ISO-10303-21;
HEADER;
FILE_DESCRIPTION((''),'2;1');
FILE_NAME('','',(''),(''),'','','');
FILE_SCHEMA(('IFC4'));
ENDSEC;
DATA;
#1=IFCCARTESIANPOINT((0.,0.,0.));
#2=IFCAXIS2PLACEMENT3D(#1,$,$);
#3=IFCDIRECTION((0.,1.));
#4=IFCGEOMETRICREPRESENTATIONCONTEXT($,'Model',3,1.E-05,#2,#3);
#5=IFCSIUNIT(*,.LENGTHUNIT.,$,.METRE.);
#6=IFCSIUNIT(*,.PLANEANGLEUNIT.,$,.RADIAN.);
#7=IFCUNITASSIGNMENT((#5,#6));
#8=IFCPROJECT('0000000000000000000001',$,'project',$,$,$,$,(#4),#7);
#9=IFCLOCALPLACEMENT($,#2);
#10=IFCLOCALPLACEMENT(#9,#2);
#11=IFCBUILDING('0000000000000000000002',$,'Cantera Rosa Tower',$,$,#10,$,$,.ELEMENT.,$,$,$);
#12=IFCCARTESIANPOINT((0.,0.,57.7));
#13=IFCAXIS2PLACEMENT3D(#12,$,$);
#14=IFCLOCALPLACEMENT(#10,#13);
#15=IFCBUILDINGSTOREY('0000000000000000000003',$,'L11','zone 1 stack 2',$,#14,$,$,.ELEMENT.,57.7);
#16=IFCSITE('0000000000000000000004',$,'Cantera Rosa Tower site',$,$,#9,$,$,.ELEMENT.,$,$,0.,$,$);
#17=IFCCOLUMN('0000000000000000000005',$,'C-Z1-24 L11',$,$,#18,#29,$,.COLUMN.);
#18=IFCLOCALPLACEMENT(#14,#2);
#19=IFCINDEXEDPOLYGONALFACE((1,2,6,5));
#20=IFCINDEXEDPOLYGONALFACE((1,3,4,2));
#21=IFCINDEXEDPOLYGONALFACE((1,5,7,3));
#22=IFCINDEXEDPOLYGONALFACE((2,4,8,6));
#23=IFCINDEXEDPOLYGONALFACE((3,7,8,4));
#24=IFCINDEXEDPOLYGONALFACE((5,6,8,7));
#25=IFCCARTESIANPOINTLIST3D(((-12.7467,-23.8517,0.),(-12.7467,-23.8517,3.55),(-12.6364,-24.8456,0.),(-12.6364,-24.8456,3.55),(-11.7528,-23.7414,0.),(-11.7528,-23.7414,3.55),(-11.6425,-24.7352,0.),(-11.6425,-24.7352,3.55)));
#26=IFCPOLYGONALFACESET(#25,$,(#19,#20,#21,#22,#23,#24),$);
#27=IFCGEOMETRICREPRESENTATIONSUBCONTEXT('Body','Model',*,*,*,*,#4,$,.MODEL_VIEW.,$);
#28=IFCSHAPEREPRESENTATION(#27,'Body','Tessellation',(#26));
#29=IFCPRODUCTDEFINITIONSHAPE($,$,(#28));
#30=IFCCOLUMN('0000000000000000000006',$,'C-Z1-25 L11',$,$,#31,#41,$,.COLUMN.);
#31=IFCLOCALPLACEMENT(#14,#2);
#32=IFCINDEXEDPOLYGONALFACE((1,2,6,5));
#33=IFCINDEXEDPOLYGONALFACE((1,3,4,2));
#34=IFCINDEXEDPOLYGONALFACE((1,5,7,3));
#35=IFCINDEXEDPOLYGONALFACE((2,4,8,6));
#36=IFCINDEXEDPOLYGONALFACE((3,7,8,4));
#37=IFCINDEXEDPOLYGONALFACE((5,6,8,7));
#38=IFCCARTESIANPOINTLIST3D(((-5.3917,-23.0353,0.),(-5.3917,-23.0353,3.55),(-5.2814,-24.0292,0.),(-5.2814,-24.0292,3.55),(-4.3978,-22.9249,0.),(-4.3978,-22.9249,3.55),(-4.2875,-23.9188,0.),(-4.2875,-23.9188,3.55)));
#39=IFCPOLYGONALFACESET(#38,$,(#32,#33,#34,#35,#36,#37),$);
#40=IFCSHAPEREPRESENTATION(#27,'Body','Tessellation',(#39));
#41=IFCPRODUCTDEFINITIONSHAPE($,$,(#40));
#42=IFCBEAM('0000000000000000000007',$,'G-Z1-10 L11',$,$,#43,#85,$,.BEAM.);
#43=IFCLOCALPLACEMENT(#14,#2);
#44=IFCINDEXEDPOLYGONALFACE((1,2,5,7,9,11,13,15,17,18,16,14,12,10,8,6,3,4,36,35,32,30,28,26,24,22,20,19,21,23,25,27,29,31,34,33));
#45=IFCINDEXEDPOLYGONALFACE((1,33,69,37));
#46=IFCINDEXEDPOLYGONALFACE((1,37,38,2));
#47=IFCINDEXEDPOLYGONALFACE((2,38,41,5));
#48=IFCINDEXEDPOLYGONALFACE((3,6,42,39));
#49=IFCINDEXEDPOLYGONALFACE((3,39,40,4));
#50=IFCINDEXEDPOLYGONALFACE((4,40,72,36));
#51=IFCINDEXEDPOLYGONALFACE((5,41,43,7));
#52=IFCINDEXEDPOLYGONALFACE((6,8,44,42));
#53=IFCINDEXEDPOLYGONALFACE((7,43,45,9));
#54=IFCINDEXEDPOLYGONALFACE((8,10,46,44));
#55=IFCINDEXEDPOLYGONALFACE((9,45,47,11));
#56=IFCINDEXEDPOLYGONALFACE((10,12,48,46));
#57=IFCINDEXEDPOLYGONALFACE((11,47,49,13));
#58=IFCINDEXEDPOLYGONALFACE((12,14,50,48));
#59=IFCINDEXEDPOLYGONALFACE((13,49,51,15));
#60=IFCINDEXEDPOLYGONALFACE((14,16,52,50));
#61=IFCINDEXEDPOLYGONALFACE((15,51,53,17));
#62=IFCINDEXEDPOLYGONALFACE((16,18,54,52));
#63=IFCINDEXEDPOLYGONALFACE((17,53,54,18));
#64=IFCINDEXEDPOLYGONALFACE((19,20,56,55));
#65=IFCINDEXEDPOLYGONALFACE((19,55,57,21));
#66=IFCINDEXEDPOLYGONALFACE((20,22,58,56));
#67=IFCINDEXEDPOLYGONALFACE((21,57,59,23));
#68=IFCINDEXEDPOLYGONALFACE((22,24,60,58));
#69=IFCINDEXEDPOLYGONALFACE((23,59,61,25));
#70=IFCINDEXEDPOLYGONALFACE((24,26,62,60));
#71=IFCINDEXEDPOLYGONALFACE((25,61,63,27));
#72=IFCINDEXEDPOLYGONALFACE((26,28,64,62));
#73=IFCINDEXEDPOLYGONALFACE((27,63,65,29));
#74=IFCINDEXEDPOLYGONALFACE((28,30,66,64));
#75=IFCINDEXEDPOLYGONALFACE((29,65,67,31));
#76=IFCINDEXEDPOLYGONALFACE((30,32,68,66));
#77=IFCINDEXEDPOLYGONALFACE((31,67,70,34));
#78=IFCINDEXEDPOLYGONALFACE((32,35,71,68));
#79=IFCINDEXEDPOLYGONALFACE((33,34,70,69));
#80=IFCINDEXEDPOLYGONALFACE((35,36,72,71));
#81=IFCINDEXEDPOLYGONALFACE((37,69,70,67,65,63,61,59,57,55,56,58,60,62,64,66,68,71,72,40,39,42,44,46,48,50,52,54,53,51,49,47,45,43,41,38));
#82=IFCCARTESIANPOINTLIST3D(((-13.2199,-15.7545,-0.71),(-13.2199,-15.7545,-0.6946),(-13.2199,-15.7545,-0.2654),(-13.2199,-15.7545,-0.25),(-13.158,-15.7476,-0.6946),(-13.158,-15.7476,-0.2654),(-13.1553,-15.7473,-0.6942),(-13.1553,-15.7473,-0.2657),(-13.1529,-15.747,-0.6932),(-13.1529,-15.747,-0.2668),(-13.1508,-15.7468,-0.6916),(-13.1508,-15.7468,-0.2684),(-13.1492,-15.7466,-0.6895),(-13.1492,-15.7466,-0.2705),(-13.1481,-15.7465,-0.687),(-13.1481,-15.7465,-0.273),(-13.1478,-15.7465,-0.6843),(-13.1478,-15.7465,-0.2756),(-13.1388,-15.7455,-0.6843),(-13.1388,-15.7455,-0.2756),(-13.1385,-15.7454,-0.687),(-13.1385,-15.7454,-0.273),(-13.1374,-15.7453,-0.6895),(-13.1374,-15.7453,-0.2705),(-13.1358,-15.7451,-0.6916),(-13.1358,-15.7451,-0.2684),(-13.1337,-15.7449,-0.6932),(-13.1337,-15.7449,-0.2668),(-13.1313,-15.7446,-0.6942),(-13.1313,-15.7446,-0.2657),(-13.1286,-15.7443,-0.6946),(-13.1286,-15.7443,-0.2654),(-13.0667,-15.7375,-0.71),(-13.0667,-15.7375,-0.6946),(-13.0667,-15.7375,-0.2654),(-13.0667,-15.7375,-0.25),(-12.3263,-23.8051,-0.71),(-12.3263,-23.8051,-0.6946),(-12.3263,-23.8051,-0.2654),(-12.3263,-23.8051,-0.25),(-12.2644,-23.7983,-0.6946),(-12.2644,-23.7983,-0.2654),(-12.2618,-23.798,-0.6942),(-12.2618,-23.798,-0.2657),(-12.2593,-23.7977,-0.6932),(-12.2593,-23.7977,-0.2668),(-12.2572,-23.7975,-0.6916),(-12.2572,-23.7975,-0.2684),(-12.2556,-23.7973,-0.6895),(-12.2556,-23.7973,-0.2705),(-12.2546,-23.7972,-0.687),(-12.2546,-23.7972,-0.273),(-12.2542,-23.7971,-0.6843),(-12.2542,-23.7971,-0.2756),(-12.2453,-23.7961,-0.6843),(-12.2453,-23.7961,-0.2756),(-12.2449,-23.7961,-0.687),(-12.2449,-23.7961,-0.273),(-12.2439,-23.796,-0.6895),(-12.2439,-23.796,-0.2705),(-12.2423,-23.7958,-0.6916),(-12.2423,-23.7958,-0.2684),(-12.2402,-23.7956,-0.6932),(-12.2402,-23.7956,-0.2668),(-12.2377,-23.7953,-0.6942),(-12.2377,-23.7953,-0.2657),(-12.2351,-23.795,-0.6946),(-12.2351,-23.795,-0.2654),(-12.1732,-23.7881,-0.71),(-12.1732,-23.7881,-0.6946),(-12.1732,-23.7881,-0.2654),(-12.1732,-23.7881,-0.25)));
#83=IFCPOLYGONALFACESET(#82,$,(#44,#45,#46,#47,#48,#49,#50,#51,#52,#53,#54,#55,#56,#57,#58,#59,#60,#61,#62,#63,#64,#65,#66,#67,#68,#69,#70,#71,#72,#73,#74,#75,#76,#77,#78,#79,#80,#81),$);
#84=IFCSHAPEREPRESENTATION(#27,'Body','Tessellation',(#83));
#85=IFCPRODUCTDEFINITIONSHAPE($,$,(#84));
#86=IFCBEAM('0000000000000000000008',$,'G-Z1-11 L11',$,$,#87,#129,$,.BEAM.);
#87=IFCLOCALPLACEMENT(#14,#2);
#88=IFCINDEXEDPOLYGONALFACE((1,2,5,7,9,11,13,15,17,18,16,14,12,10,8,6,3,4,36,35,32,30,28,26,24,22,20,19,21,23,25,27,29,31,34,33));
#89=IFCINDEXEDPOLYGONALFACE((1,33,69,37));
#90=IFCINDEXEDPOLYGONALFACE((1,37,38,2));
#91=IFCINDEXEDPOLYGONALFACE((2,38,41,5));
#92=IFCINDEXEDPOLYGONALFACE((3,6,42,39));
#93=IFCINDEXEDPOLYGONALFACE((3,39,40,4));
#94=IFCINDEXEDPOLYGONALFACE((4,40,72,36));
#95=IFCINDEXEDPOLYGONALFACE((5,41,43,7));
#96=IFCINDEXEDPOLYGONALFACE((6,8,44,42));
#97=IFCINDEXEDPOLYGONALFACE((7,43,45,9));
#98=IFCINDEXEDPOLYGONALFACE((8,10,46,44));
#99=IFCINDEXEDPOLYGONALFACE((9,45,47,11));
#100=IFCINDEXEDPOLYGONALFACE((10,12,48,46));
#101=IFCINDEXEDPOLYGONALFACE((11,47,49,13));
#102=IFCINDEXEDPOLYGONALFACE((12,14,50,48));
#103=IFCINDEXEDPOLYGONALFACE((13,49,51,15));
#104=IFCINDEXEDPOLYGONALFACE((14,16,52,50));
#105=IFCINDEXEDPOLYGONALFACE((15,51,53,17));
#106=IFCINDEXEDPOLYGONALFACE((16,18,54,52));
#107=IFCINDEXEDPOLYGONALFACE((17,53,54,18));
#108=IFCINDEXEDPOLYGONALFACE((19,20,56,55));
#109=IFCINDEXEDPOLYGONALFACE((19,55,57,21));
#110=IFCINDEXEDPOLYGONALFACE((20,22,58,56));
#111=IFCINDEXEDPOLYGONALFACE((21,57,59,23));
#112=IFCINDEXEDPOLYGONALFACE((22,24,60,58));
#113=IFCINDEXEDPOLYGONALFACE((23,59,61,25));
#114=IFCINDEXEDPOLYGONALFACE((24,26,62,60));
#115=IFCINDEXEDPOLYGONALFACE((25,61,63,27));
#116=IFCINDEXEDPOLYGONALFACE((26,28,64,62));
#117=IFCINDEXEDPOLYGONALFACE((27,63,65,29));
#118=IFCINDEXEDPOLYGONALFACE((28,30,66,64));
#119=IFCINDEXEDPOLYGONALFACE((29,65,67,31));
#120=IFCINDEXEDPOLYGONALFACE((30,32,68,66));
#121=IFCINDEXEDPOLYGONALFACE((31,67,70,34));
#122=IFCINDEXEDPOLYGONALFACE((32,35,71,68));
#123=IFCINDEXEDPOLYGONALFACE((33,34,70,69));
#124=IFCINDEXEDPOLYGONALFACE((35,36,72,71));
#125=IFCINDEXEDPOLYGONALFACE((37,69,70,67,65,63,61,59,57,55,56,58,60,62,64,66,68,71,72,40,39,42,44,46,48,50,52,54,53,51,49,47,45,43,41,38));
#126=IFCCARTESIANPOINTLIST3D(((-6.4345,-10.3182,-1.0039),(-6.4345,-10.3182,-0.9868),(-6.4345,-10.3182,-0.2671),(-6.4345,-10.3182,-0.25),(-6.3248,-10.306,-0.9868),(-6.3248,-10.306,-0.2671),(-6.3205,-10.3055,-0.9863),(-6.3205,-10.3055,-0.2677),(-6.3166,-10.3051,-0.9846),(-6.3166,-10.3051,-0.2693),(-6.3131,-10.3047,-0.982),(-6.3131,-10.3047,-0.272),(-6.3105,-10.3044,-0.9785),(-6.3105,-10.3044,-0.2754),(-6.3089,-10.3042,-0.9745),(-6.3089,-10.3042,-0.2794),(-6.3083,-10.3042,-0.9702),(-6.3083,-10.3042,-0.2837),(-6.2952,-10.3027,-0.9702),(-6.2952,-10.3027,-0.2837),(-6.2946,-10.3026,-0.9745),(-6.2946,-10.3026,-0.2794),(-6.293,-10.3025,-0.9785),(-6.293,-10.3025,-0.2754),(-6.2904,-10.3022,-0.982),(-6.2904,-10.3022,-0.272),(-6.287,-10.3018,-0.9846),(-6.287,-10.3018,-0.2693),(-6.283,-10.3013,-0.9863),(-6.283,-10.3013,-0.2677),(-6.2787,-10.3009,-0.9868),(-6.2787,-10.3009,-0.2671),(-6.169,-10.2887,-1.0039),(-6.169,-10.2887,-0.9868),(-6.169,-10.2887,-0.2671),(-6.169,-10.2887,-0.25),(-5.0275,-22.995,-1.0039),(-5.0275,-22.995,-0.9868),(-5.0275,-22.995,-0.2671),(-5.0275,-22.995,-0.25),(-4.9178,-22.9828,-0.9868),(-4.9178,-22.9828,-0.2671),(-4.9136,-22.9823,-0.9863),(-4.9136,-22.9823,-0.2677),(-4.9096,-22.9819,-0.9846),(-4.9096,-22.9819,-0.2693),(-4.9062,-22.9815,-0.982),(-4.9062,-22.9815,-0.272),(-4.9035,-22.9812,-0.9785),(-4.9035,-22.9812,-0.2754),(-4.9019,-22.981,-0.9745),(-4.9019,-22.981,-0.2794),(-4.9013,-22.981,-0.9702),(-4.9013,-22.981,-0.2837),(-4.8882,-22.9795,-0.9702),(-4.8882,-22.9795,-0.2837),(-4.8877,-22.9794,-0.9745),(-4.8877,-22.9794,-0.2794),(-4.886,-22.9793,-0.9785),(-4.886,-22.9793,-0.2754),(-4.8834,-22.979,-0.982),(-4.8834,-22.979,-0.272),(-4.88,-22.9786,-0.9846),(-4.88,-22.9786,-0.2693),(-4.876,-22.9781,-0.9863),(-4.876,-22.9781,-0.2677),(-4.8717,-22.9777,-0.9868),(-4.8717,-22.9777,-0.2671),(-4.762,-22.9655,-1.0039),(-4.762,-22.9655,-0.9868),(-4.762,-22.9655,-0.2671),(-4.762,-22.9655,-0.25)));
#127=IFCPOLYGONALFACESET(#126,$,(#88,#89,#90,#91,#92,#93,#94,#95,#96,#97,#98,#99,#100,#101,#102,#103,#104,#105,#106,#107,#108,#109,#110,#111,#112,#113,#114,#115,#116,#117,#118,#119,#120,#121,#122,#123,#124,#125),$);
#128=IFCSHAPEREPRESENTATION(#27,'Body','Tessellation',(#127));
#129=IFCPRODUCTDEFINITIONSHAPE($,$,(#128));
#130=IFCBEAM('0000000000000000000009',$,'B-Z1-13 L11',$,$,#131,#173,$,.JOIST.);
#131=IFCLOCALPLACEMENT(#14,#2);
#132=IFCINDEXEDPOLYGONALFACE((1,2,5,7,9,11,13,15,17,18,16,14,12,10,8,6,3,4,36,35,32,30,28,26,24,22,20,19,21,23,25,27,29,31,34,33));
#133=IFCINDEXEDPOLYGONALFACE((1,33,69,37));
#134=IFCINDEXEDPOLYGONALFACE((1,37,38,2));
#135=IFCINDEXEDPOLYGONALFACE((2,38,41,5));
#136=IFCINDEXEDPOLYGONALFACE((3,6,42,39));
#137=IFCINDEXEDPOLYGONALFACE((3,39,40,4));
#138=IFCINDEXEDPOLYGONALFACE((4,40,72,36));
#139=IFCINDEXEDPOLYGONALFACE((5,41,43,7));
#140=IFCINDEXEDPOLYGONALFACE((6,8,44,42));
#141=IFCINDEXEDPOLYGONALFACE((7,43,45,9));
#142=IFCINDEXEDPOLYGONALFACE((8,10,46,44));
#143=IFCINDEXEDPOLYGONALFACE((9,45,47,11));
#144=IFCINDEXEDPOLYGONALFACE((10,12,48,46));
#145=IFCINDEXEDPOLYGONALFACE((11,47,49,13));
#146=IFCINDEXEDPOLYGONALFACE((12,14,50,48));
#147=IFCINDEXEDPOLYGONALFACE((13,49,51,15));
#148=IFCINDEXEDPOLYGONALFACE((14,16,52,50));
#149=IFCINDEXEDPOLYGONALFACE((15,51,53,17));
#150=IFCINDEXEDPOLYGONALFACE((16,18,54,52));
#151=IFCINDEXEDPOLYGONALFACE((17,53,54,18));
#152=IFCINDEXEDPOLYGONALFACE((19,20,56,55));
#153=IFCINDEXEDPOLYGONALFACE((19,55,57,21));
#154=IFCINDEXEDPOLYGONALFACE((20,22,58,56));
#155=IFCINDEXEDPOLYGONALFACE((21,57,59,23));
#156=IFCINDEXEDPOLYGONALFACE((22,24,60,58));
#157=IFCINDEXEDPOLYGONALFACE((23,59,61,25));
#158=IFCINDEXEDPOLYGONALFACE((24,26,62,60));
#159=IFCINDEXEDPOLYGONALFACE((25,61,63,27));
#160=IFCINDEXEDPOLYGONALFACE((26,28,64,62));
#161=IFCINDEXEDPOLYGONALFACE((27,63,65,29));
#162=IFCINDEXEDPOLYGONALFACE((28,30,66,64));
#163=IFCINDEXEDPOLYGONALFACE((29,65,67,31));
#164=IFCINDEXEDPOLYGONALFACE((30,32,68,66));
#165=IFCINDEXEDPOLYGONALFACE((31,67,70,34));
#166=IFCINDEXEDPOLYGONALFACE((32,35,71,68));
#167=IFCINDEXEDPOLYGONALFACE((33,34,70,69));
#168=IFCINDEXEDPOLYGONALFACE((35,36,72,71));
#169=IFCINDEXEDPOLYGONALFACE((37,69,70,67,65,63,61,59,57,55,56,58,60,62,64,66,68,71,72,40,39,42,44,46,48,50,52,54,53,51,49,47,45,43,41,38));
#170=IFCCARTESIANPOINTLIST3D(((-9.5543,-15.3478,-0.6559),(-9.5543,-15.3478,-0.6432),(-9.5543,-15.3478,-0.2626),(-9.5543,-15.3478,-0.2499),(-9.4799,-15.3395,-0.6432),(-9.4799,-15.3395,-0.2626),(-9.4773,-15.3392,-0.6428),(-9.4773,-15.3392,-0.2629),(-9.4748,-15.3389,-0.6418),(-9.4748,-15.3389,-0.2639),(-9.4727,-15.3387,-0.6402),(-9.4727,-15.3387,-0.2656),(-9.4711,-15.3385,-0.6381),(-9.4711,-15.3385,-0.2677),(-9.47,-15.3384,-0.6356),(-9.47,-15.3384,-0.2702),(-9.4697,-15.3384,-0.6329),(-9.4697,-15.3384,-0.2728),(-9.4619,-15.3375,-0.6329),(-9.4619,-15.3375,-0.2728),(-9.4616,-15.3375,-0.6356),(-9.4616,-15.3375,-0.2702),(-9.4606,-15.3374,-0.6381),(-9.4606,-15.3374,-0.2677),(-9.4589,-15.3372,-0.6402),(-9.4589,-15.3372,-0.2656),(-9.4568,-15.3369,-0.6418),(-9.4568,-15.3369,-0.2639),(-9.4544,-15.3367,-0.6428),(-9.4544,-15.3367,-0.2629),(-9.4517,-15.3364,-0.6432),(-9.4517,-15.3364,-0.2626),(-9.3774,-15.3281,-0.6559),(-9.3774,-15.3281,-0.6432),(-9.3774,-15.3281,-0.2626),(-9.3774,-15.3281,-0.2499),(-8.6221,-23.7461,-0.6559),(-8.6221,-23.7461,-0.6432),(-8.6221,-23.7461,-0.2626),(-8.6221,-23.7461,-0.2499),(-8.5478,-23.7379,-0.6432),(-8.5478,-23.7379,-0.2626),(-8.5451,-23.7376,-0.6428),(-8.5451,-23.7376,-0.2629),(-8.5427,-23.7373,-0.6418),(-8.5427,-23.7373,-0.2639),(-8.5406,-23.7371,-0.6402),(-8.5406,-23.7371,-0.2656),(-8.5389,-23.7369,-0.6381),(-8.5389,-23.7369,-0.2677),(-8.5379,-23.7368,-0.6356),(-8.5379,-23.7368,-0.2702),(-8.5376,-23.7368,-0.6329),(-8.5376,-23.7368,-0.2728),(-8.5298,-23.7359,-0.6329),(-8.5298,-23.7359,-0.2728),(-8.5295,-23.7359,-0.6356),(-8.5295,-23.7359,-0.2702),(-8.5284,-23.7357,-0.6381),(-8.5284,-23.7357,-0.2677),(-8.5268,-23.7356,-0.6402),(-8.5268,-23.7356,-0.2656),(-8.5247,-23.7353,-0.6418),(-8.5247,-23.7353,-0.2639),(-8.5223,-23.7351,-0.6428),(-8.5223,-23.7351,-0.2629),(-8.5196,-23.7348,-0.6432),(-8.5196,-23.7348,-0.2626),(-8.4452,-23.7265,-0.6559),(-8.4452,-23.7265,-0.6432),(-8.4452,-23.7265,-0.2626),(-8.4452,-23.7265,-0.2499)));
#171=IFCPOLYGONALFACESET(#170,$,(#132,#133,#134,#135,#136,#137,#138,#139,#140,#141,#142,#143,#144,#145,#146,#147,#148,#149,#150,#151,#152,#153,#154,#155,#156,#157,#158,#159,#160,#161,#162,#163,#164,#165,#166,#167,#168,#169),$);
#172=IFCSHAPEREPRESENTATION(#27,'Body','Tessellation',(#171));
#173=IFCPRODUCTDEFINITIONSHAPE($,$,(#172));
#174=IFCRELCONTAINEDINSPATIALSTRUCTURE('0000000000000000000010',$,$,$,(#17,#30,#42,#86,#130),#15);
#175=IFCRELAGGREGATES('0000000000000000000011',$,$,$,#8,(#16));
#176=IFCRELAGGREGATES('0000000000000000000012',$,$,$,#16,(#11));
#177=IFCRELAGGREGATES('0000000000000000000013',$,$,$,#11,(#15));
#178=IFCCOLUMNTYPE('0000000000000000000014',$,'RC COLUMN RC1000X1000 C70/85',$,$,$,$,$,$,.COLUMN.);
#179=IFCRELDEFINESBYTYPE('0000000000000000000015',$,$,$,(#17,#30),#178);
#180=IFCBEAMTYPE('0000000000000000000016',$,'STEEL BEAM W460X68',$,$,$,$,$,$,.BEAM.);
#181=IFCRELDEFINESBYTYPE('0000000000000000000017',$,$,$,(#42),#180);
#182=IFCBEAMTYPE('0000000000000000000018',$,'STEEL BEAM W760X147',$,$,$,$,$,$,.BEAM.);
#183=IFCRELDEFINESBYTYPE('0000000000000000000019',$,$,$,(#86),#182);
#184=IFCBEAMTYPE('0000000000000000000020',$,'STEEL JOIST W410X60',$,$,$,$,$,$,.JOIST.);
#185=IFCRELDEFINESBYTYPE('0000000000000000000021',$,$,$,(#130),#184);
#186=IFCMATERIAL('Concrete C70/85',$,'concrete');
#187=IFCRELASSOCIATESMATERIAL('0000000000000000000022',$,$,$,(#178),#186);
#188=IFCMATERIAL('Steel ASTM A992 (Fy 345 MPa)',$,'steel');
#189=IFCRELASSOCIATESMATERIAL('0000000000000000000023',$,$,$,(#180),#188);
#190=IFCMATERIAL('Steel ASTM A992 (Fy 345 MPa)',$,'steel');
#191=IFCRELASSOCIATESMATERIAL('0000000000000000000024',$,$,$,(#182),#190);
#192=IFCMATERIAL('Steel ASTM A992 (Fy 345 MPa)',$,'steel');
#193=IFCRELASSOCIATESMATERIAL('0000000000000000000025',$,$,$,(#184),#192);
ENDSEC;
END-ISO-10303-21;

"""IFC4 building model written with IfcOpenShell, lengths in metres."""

from ifc_helpers import new_model, si_unit, direction, frame, origin, origin_2d, place, context, subcontext, project, spatial, rectangle, i_section, extrude, material, material_profile, profile_set, type_object, element, save


model = new_model("IFC4")

# Units and contexts
model_context = context("Model", 3, precision=1e-05, world=origin(), true_north=direction((0.0, 1.0)))
body_context = subcontext(model_context, "Body", "Model", "MODEL_VIEW")
ifc_project = project(units=[si_unit("LENGTHUNIT", "METRE"), si_unit("PLANEANGLEUNIT", "RADIAN")], contexts=[model_context])

# Site, building, storey
site_placement = place(None, origin())
site = spatial("IfcSite", under=ifc_project, at=site_placement, Name="Cantera Rosa Tower site", CompositionType="ELEMENT", RefElevation=0.0)
building_placement = place(site_placement, origin())
building = spatial("IfcBuilding", under=site, at=building_placement, Name="Cantera Rosa Tower", CompositionType="ELEMENT")
storey_placement = place(building_placement, frame((0.0, 0.0, 57.7)))
storey = spatial("IfcBuildingStorey", under=building, at=storey_placement, Name="L11", Description="zone 1 stack 2", CompositionType="ELEMENT", Elevation=57.7)

# Columns
ifc_material_1 = material(Name="Concrete C70/85", Category="concrete")
ifc_material_profile_1 = material_profile(ifc_material_1, rectangle(XDim=1.0, YDim=1.0, at=origin_2d()), Name="RC COLUMN RC1000X1000 C70/85")
ifc_profile_set_1 = profile_set([ifc_material_profile_1], Name="Concrete C70/85")
column_type = type_object("IfcColumnType", Name="RC COLUMN RC1000X1000 C70/85", PredefinedType="COLUMN", material=ifc_profile_set_1)
for number, where, z_axis, x_axis, name in (
    (1, (-12.1946, -24.2935, 0.0), (0.0, 0.0, 1.0), (0.993897, 0.110313, 0.0), "C-Z1-24 L11"),
    (2, (-4.8396, -23.4771, 0.0), (0.0, 0.0, 1.0), (0.993897, 0.110313, 0.0), "C-Z1-25 L11"),
):
    element("IfcColumn", number, at=place(storey_placement, frame(where, z_axis=z_axis, x_axis=x_axis)), inside=storey, type_object=column_type, Name=name, PredefinedType="COLUMN", context=body_context, shape_type="SweptSolid", body=[
        extrude(rectangle(XDim=1.0, YDim=1.0, at=origin_2d()), origin(), (0.0, 0.0, 1.0), 3.55),
    ])

# Beams
ifc_material_2 = material(Name="Steel ASTM A992 (Fy 345 MPa)", Category="steel")
ifc_material_profile_2 = material_profile(ifc_material_2, i_section(OverallWidth=0.1541, OverallDepth=0.46, WebThickness=0.009, FlangeThickness=0.0154, FilletRadius=0.0103, at=origin_2d()), Name="W460X68")
ifc_profile_set_2 = profile_set([ifc_material_profile_2], Name="Steel ASTM A992 (Fy 345 MPa)")
beam_type_1 = type_object("IfcBeamType", Name="STEEL BEAM W460X68", PredefinedType="BEAM", material=ifc_profile_set_2)
beam_1_placement = place(storey_placement, frame((-12.2498, -23.7966, -0.48), z_axis=(-0.110312, 0.993897, 0.0), x_axis=(-0.993897, -0.110312, 0.0)))
element("IfcBeam", 3, at=beam_1_placement, inside=storey, type_object=beam_type_1, Name="G-Z1-10 L11", PredefinedType="BEAM", context=body_context, shape_type="SweptSolid", body=[
    extrude(i_section(OverallWidth=0.1541, OverallDepth=0.46, WebThickness=0.009, FlangeThickness=0.0154, FilletRadius=0.0103, at=origin_2d()), origin(), (0.0, 0.0, 1.0), 8.1001),
])
ifc_material_3 = material(Name="Steel ASTM A992 (Fy 345 MPa)", Category="steel")
ifc_material_profile_3 = material_profile(ifc_material_3, i_section(OverallWidth=0.2671, OverallDepth=0.7539, WebThickness=0.0132, FlangeThickness=0.0171, FilletRadius=0.0166, at=origin_2d()), Name="W760X147")
ifc_profile_set_3 = profile_set([ifc_material_profile_3], Name="Steel ASTM A992 (Fy 345 MPa)")
beam_type_2 = type_object("IfcBeamType", Name="STEEL BEAM W760X147", PredefinedType="BEAM", material=ifc_profile_set_3)
beam_2_placement = place(storey_placement, frame((-4.8948, -22.9802, -0.627), z_axis=(-0.110312, 0.993897, 0.0), x_axis=(-0.993897, -0.110312, 0.0)))
element("IfcBeam", 4, at=beam_2_placement, inside=storey, type_object=beam_type_2, Name="G-Z1-11 L11", PredefinedType="BEAM", context=body_context, shape_type="SweptSolid", body=[
    extrude(i_section(OverallWidth=0.2671, OverallDepth=0.7539, WebThickness=0.0132, FlangeThickness=0.0171, FilletRadius=0.0166, at=origin_2d()), origin(), (0.0, 0.0, 1.0), 12.7546),
])
ifc_material_4 = material(Name="Steel ASTM A992 (Fy 345 MPa)", Category="steel")
ifc_material_profile_4 = material_profile(ifc_material_4, i_section(OverallWidth=0.178, OverallDepth=0.406, WebThickness=0.0078, FlangeThickness=0.0127, FilletRadius=0.0103, at=origin_2d()), Name="W410X60")
ifc_profile_set_4 = profile_set([ifc_material_profile_4], Name="Steel ASTM A992 (Fy 345 MPa)")
beam_type_3 = type_object("IfcBeamType", Name="STEEL JOIST W410X60", PredefinedType="JOIST", material=ifc_profile_set_4)
beam_3_placement = place(storey_placement, frame((-8.5337, -23.7363, -0.4529), z_axis=(-0.110311, 0.993897, 0.0), x_axis=(-0.993897, -0.110311, 0.0)))
element("IfcBeam", 5, at=beam_3_placement, inside=storey, type_object=beam_type_3, Name="B-Z1-13 L11", PredefinedType="JOIST", context=body_context, shape_type="SweptSolid", body=[
    extrude(i_section(OverallWidth=0.178, OverallDepth=0.406, WebThickness=0.0078, FlangeThickness=0.0127, FilletRadius=0.0103, at=origin_2d()), origin(), (0.0, 0.0, 1.0), 8.45),
])

save(model, "model.ifc")
